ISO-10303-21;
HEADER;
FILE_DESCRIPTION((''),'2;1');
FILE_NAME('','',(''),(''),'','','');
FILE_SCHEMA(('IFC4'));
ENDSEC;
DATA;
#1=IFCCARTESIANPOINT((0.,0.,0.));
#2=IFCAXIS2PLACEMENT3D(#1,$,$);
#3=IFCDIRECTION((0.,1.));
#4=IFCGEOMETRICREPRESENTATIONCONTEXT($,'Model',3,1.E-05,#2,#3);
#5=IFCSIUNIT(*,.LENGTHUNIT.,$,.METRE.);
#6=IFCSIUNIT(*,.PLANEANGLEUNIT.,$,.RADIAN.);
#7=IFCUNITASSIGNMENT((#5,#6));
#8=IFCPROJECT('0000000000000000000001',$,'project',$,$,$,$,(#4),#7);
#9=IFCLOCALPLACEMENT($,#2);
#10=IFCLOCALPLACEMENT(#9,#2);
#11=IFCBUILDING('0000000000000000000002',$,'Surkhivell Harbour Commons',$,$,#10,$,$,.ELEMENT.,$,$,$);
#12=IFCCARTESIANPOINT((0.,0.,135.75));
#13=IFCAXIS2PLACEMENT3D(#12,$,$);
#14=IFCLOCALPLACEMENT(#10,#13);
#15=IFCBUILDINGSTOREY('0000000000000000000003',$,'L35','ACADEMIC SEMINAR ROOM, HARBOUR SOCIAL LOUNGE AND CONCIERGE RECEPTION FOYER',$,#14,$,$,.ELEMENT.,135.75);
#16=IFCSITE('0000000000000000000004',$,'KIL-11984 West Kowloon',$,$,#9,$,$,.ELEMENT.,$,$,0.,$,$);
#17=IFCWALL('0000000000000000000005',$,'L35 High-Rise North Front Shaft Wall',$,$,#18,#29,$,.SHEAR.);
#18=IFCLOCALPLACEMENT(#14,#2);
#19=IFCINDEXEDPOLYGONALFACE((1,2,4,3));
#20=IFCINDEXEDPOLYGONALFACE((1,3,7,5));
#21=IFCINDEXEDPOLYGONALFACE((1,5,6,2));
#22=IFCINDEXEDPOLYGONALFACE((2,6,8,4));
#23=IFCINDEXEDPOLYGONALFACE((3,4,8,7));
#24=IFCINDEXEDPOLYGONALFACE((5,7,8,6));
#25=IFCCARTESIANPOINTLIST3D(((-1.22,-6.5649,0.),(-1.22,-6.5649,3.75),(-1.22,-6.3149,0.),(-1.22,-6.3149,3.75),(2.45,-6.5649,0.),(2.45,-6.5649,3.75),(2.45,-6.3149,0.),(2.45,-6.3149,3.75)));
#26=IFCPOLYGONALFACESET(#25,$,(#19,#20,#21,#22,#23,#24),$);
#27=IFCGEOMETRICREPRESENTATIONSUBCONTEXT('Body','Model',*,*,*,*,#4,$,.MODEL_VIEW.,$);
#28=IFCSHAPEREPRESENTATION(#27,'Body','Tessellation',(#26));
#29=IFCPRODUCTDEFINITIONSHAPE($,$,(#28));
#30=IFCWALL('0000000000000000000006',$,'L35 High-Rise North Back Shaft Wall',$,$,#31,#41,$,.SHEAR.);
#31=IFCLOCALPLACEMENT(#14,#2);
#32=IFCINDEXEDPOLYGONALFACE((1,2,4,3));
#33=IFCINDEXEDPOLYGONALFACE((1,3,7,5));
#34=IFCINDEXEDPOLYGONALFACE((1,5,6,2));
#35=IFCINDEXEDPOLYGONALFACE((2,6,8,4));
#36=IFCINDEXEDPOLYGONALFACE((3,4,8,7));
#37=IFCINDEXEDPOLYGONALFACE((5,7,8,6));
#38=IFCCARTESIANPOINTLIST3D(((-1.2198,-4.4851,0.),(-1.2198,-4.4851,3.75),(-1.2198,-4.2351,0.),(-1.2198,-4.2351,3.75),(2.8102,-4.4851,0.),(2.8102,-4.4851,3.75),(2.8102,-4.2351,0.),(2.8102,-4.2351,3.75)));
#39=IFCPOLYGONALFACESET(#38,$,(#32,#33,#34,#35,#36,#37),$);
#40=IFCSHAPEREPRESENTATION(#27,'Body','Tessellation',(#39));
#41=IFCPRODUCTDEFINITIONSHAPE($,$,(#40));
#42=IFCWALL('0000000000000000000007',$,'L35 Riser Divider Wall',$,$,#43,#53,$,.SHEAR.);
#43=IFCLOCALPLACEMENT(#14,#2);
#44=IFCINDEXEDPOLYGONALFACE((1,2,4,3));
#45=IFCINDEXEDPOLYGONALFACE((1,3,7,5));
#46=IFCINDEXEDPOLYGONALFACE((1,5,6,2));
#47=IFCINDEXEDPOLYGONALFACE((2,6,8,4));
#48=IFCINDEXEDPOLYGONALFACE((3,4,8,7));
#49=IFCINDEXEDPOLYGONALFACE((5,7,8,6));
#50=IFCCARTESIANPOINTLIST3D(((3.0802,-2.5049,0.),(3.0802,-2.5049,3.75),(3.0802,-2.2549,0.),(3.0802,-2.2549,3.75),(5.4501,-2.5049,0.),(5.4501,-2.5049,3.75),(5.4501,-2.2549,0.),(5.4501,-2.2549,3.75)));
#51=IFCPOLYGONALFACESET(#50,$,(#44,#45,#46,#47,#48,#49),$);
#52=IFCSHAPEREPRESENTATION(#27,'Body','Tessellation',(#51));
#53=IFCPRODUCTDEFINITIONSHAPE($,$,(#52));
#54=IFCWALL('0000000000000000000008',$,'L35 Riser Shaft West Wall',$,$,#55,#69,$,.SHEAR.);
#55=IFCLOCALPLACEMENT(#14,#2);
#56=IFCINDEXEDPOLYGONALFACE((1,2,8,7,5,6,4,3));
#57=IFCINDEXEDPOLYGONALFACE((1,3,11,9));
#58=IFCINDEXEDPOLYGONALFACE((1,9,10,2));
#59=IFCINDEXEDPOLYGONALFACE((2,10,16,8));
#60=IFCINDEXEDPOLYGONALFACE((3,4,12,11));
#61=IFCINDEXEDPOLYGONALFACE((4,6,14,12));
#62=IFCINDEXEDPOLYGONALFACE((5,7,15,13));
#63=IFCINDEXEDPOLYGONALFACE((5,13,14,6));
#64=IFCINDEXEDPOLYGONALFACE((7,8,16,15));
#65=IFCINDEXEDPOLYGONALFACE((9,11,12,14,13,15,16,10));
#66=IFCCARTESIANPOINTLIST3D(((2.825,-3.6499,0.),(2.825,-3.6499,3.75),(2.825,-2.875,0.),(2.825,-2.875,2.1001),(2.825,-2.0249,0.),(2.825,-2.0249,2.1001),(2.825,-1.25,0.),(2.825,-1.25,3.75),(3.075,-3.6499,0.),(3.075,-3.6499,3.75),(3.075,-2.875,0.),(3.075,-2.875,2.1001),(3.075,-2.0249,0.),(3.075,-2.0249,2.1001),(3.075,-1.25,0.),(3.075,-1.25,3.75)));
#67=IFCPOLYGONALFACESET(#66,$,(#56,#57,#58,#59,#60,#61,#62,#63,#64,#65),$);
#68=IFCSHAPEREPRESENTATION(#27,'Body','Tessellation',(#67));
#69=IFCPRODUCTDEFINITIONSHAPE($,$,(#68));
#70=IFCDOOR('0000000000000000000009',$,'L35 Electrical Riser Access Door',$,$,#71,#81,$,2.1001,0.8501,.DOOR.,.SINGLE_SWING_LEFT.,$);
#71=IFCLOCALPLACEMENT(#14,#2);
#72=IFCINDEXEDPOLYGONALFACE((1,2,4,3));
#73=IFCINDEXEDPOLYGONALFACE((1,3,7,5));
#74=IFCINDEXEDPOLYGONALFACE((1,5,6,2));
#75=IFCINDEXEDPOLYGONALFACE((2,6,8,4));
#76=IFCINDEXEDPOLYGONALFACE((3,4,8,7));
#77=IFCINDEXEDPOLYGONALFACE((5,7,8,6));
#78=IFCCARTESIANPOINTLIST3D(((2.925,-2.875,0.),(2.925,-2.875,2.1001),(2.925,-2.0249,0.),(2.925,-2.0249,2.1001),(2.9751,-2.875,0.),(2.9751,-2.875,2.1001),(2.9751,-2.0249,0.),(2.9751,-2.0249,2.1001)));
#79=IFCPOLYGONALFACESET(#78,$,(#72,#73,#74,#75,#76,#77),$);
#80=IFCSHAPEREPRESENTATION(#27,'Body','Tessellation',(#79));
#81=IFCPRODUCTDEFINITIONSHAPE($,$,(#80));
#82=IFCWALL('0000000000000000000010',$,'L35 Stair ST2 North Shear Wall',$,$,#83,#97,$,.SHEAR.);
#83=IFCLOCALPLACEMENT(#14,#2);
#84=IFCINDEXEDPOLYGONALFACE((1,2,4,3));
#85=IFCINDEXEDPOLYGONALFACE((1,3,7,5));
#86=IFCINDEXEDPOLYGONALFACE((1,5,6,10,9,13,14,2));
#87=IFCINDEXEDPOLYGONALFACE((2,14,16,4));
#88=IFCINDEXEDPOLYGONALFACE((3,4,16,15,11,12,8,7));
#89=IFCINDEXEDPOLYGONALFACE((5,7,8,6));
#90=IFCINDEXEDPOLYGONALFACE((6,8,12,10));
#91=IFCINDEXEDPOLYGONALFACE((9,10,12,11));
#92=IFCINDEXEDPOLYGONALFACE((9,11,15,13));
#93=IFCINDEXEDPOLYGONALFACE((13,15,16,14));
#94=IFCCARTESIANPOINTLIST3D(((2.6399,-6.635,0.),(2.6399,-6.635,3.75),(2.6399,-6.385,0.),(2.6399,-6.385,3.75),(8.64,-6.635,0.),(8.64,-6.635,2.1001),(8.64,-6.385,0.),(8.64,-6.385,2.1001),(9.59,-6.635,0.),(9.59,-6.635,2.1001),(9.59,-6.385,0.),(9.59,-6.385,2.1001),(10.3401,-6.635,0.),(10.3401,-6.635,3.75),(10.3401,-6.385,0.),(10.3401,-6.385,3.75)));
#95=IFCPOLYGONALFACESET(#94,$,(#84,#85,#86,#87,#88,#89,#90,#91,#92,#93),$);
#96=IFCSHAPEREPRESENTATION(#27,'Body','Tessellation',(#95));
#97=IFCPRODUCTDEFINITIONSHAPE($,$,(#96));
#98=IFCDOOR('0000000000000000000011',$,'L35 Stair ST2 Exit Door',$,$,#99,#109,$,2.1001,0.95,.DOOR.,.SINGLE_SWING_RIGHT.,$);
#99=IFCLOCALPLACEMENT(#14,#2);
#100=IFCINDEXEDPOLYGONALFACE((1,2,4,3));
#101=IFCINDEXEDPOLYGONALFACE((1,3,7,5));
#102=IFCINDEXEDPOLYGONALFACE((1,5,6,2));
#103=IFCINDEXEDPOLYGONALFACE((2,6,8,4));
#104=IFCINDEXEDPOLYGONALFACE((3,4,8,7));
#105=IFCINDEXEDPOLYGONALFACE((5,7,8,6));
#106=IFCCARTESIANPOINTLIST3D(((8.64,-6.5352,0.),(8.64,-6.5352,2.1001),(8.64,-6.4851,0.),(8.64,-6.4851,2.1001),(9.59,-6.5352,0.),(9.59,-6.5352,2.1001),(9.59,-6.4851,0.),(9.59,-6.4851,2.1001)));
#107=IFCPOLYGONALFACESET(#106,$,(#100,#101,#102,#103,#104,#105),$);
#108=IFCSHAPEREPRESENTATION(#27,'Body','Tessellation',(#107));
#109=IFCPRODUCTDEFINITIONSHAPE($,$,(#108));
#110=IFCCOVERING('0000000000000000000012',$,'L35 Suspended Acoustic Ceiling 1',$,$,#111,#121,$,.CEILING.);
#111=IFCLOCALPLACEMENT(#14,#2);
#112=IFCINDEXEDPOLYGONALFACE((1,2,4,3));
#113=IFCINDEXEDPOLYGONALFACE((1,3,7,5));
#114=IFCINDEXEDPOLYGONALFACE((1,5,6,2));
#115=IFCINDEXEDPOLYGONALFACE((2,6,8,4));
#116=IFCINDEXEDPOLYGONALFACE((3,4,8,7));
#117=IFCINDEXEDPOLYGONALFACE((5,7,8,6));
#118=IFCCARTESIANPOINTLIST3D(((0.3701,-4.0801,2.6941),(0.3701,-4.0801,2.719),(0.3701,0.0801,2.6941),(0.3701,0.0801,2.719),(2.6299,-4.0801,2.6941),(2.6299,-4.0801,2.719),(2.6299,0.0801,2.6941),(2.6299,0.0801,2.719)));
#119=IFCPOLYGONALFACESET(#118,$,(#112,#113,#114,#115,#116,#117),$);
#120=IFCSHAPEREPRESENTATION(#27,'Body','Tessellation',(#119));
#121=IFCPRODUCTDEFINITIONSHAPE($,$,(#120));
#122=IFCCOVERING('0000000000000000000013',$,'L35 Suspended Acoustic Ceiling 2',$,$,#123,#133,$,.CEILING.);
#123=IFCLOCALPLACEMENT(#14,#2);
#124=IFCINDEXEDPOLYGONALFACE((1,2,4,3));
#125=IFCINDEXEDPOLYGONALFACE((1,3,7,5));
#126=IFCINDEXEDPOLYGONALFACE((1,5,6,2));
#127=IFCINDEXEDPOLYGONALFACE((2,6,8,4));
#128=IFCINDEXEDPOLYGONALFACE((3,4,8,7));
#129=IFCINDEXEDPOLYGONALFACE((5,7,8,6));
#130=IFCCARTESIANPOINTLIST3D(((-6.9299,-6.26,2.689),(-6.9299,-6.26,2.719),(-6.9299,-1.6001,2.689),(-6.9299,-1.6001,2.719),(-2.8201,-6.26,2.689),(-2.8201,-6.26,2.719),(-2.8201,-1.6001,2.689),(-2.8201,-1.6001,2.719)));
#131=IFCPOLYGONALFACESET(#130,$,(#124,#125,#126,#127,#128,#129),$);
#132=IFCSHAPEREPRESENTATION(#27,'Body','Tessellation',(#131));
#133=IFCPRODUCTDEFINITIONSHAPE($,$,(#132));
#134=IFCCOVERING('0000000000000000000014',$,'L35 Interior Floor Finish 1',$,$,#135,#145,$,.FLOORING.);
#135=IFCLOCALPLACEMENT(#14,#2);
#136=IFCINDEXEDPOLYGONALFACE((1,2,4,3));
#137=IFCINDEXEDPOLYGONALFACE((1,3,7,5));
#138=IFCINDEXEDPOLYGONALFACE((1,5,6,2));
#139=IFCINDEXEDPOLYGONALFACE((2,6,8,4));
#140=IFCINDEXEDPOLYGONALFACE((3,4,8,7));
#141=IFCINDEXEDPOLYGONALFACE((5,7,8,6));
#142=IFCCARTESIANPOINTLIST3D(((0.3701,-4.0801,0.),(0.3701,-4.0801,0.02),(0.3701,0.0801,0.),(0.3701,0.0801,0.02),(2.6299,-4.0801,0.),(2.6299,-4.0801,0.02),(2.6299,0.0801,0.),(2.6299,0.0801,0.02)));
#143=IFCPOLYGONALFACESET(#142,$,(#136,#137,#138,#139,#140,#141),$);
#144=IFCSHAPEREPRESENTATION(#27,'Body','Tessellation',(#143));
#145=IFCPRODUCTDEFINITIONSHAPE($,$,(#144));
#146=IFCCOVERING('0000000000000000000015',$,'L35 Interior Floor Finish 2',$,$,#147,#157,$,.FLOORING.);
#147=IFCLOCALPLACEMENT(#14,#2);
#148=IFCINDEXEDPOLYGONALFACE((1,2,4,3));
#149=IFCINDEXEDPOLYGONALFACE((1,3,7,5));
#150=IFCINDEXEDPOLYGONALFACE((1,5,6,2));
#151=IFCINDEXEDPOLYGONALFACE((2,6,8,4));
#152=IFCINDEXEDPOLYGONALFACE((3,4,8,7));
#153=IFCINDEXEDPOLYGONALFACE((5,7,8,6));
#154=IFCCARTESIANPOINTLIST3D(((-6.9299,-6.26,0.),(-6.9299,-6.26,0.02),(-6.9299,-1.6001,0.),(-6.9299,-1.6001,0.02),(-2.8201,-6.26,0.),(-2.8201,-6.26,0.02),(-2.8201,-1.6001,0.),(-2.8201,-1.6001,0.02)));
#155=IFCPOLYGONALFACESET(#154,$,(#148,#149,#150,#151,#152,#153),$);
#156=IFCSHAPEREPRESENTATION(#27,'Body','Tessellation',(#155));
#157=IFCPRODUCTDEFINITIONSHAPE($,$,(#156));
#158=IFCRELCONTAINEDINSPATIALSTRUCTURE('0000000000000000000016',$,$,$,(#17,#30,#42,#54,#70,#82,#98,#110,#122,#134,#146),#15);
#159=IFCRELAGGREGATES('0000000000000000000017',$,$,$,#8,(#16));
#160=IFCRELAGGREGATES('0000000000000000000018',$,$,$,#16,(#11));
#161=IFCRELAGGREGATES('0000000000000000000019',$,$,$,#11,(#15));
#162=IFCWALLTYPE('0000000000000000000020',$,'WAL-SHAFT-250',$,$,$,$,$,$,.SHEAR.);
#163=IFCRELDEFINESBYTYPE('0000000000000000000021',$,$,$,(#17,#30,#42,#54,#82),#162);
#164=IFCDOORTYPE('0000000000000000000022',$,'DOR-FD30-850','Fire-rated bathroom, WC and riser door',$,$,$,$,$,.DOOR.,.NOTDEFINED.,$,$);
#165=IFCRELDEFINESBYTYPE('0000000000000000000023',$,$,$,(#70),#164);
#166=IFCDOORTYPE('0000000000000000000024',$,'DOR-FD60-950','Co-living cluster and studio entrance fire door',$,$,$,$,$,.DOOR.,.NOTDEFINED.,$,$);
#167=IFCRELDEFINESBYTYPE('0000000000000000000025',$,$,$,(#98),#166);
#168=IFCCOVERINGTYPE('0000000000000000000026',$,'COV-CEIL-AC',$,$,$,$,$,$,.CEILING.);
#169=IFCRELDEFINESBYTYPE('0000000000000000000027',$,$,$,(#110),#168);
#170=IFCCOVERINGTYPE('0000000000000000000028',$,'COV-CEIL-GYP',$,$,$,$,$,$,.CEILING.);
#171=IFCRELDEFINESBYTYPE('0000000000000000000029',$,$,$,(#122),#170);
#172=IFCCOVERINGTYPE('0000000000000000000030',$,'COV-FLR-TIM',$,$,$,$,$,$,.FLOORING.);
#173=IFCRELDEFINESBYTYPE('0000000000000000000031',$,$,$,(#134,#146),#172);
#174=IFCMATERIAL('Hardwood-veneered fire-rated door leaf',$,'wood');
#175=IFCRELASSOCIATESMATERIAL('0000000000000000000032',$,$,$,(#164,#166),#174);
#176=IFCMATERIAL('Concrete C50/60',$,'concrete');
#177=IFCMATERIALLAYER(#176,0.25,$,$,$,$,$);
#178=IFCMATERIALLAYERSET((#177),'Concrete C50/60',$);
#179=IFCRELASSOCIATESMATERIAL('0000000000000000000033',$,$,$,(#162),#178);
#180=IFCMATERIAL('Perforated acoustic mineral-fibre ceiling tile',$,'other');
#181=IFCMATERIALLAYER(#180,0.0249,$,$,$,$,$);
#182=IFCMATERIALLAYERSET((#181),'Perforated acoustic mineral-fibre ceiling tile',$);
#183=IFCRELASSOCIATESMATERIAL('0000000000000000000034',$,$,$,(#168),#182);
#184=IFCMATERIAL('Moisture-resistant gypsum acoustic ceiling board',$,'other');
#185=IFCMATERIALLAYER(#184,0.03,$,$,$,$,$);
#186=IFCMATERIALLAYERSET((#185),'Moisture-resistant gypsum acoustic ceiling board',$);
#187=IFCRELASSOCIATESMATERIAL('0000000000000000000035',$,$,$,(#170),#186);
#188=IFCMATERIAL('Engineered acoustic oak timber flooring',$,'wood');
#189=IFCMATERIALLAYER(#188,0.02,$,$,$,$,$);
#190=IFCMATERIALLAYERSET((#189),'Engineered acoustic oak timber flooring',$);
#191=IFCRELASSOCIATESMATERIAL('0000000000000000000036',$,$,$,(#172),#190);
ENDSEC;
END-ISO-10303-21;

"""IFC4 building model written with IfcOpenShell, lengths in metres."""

from ifc_helpers import new_model, si_unit, direction, frame, frame_2d, origin, place, context, subcontext, project, spatial, polyline, rectangle, outline, extrude, material, layer, layer_set, type_object, element, fill, save


model = new_model("IFC4")

# Units and contexts
model_context = context("Model", 3, precision=1e-05, world=origin(), true_north=direction((0.0, 1.0)))
body_context = subcontext(model_context, "Body", "Model", "MODEL_VIEW")
ifc_project = project(units=[si_unit("LENGTHUNIT", "METRE"), si_unit("PLANEANGLEUNIT", "RADIAN")], contexts=[model_context])

# Site, building, storey
site_placement = place(None, origin())
site = spatial("IfcSite", under=ifc_project, at=site_placement, Name="KIL-11984 West Kowloon", CompositionType="ELEMENT", RefElevation=0.0)
building_placement = place(site_placement, origin())
building = spatial("IfcBuilding", under=site, at=building_placement, Name="Surkhivell Harbour Commons", CompositionType="ELEMENT")
storey_placement = place(building_placement, frame((0.0, 0.0, 135.75)))
storey = spatial("IfcBuildingStorey", under=building, at=storey_placement, Name="L35", Description="ACADEMIC SEMINAR ROOM, HARBOUR SOCIAL LOUNGE AND CONCIERGE RECEPTION FOYER", CompositionType="ELEMENT", Elevation=135.75)

# Shared definitions
ifc_material_1 = material(Name="Hardwood-veneered fire-rated door leaf", Category="wood")
door_type_1 = type_object("IfcDoorType", Name="DOR-FD30-850", Description="Fire-rated bathroom, WC and riser door", OperationType="NOTDEFINED", PredefinedType="DOOR", material=ifc_material_1)

# Walls
ifc_material_2 = material(Name="Concrete C50/60", Category="concrete")
ifc_layer_1 = layer(ifc_material_2, 0.25)
ifc_layer_set_1 = layer_set([ifc_layer_1], Name="Concrete C50/60")
wall_type_1 = type_object("IfcWallType", Name="WAL-SHAFT-250", PredefinedType="SHEAR", material=ifc_layer_set_1)
wall_1_placement = place(storey_placement, frame((-1.22, -6.4399, 0.0), z_axis=(0.0, 0.0, 1.0), x_axis=(1.0, 0.0, 0.0)))
element("IfcWall", 1, at=wall_1_placement, inside=storey, type_object=wall_type_1, Name="L35 High-Rise North Front Shaft Wall", PredefinedType="SHEAR", context=body_context, shape_type="SweptSolid", body=[
    extrude(rectangle(XDim=3.6699, YDim=0.25, at=frame_2d((1.835, 0.0))), origin(), (0.0, 0.0, 1.0), 3.75),
])
wall_2_placement = place(storey_placement, frame((-1.22, -4.3601, 0.0), z_axis=(0.0, 0.0, 1.0), x_axis=(1.0, 0.0, 0.0)))
element("IfcWall", 2, at=wall_2_placement, inside=storey, type_object=wall_type_1, Name="L35 High-Rise North Back Shaft Wall", PredefinedType="SHEAR", context=body_context, shape_type="SweptSolid", body=[
    extrude(rectangle(XDim=4.03, YDim=0.25, at=frame_2d((2.0151, 0.0))), origin(), (0.0, 0.0, 1.0), 3.75),
])
wall_3_placement = place(storey_placement, frame((3.0801, -2.3799, 0.0), z_axis=(0.0, 0.0, 1.0), x_axis=(1.0, 0.0, 0.0)))
element("IfcWall", 3, at=wall_3_placement, inside=storey, type_object=wall_type_1, Name="L35 Riser Divider Wall", PredefinedType="SHEAR", context=body_context, shape_type="SweptSolid", body=[
    extrude(rectangle(XDim=2.3699, YDim=0.25, at=frame_2d((1.1851, 0.0))), origin(), (0.0, 0.0, 1.0), 3.75),
])

# Walls, openings, doors
wall_4_placement = place(storey_placement, frame((2.95, -3.6499, 0.0), z_axis=(0.0, 0.0, 1.0), x_axis=(0.0, 1.0, 0.0)))
wall_4 = element("IfcWall", 4, at=wall_4_placement, inside=storey, type_object=wall_type_1, Name="L35 Riser Shaft West Wall", PredefinedType="SHEAR", context=body_context, shape_type="SweptSolid", body=[
    extrude(rectangle(XDim=2.3999, YDim=0.25, at=frame_2d((1.2, 0.0))), origin(), (0.0, 0.0, 1.0), 3.75),
])
opening_1_placement = place(wall_4_placement, frame((0.7749, 0.0, 0.0)))
opening_1 = element("IfcOpeningElement", 5, at=opening_1_placement, cuts=wall_4, PredefinedType="OPENING", context=body_context, shape_type="SweptSolid", body=[
    extrude(rectangle(XDim=0.8501, YDim=2.1001, at=frame_2d((0.425, 1.05))), frame((0.0, 0.135, 0.0), z_axis=(0.0, -1.0, 0.0), x_axis=(1.0, 0.0, 0.0)), (0.0, 0.0, 1.0), 0.27),
])
door_1_placement = place(opening_1_placement, origin())
door_1 = element("IfcDoor", 6, at=door_1_placement, inside=storey, type_object=door_type_1, Name="L35 Electrical Riser Access Door", OperationType="SINGLE_SWING_LEFT", OverallHeight=2.1001, OverallWidth=0.8501, PredefinedType="DOOR", context=body_context, shape_type="SweptSolid", body=[
    extrude(rectangle(XDim=0.8501, YDim=2.1001, at=frame_2d((0.425, 1.05))), frame((0.0, 0.0249, 0.0), z_axis=(0.0, -1.0, 0.0), x_axis=(1.0, 0.0, 0.0)), (0.0, 0.0, 1.0), 0.05),
])
fill(opening_1, door_1)
wall_5_placement = place(storey_placement, frame((2.6399, -6.51, 0.0), z_axis=(0.0, 0.0, 1.0), x_axis=(1.0, 0.0, 0.0)))
wall_5 = element("IfcWall", 7, at=wall_5_placement, inside=storey, type_object=wall_type_1, Name="L35 Stair ST2 North Shear Wall", PredefinedType="SHEAR", context=body_context, shape_type="SweptSolid", body=[
    extrude(rectangle(XDim=7.7002, YDim=0.25, at=frame_2d((3.8501, 0.0))), origin(), (0.0, 0.0, 1.0), 3.75),
])
opening_2_placement = place(wall_5_placement, frame((6.0, 0.0, 0.0)))
opening_2 = element("IfcOpeningElement", 8, at=opening_2_placement, cuts=wall_5, PredefinedType="OPENING", context=body_context, shape_type="SweptSolid", body=[
    extrude(rectangle(XDim=0.95, YDim=2.1001, at=frame_2d((0.4751, 1.05))), frame((0.0, 0.135, 0.0), z_axis=(0.0, -1.0, 0.0), x_axis=(1.0, 0.0, 0.0)), (0.0, 0.0, 1.0), 0.27),
])
door_type_2 = type_object("IfcDoorType", Name="DOR-FD60-950", Description="Co-living cluster and studio entrance fire door", OperationType="NOTDEFINED", PredefinedType="DOOR", material=ifc_material_1)
door_2_placement = place(opening_2_placement, origin())
door_2 = element("IfcDoor", 9, at=door_2_placement, inside=storey, type_object=door_type_2, Name="L35 Stair ST2 Exit Door", OperationType="SINGLE_SWING_RIGHT", OverallHeight=2.1001, OverallWidth=0.95, PredefinedType="DOOR", context=body_context, shape_type="SweptSolid", body=[
    extrude(rectangle(XDim=0.95, YDim=2.1001, at=frame_2d((0.4751, 1.05))), frame((0.0, 0.0249, 0.0), z_axis=(0.0, -1.0, 0.0), x_axis=(1.0, 0.0, 0.0)), (0.0, 0.0, 1.0), 0.05),
])
fill(opening_2, door_2)

# Coverings
ifc_material_3 = material(Name="Perforated acoustic mineral-fibre ceiling tile", Category="other")
ifc_layer_2 = layer(ifc_material_3, 0.0249)
ifc_layer_set_2 = layer_set([ifc_layer_2], Name="Perforated acoustic mineral-fibre ceiling tile")
covering_type_1 = type_object("IfcCoveringType", Name="COV-CEIL-AC", PredefinedType="CEILING", material=ifc_layer_set_2)
covering_1_placement = place(storey_placement, frame((0.0, 0.0, 2.6941)))
element("IfcCovering", 10, at=covering_1_placement, inside=storey, type_object=covering_type_1, Name="L35 Suspended Acoustic Ceiling 1", PredefinedType="CEILING", context=body_context, shape_type="SweptSolid", body=[
    extrude(outline(polyline([(0.3701, -4.0801), (2.6299, -4.0801), (2.6299, 0.0801), (0.3701, 0.0801), (0.3701, -4.0801)])), origin(), (0.0, 0.0, 1.0), 0.0249),
])
ifc_material_4 = material(Name="Moisture-resistant gypsum acoustic ceiling board", Category="other")
ifc_layer_3 = layer(ifc_material_4, 0.03)
ifc_layer_set_3 = layer_set([ifc_layer_3], Name="Moisture-resistant gypsum acoustic ceiling board")
covering_type_2 = type_object("IfcCoveringType", Name="COV-CEIL-GYP", PredefinedType="CEILING", material=ifc_layer_set_3)
covering_2_placement = place(storey_placement, frame((0.0, 0.0, 2.689)))
element("IfcCovering", 11, at=covering_2_placement, inside=storey, type_object=covering_type_2, Name="L35 Suspended Acoustic Ceiling 2", PredefinedType="CEILING", context=body_context, shape_type="SweptSolid", body=[
    extrude(outline(polyline([(-6.9299, -6.26), (-2.8201, -6.26), (-2.8201, -1.6001), (-6.9299, -1.6001), (-6.9299, -6.26)])), origin(), (0.0, 0.0, 1.0), 0.03),
])
ifc_material_5 = material(Name="Engineered acoustic oak timber flooring", Category="wood")
ifc_layer_4 = layer(ifc_material_5, 0.02)
ifc_layer_set_4 = layer_set([ifc_layer_4], Name="Engineered acoustic oak timber flooring")
covering_type_3 = type_object("IfcCoveringType", Name="COV-FLR-TIM", PredefinedType="FLOORING", material=ifc_layer_set_4)
covering_3_placement = place(storey_placement, origin())
element("IfcCovering", 12, at=covering_3_placement, inside=storey, type_object=covering_type_3, Name="L35 Interior Floor Finish 1", PredefinedType="FLOORING", context=body_context, shape_type="SweptSolid", body=[
    extrude(outline(polyline([(0.3701, -4.0801), (2.6299, -4.0801), (2.6299, 0.0801), (0.3701, 0.0801), (0.3701, -4.0801)])), origin(), (0.0, 0.0, 1.0), 0.02),
])
covering_4_placement = place(storey_placement, origin())
element("IfcCovering", 13, at=covering_4_placement, inside=storey, type_object=covering_type_3, Name="L35 Interior Floor Finish 2", PredefinedType="FLOORING", context=body_context, shape_type="SweptSolid", body=[
    extrude(outline(polyline([(-6.9299, -6.26), (-2.8201, -6.26), (-2.8201, -1.6001), (-6.9299, -1.6001), (-6.9299, -6.26)])), origin(), (0.0, 0.0, 1.0), 0.02),
])

save(model, "model.ifc")
